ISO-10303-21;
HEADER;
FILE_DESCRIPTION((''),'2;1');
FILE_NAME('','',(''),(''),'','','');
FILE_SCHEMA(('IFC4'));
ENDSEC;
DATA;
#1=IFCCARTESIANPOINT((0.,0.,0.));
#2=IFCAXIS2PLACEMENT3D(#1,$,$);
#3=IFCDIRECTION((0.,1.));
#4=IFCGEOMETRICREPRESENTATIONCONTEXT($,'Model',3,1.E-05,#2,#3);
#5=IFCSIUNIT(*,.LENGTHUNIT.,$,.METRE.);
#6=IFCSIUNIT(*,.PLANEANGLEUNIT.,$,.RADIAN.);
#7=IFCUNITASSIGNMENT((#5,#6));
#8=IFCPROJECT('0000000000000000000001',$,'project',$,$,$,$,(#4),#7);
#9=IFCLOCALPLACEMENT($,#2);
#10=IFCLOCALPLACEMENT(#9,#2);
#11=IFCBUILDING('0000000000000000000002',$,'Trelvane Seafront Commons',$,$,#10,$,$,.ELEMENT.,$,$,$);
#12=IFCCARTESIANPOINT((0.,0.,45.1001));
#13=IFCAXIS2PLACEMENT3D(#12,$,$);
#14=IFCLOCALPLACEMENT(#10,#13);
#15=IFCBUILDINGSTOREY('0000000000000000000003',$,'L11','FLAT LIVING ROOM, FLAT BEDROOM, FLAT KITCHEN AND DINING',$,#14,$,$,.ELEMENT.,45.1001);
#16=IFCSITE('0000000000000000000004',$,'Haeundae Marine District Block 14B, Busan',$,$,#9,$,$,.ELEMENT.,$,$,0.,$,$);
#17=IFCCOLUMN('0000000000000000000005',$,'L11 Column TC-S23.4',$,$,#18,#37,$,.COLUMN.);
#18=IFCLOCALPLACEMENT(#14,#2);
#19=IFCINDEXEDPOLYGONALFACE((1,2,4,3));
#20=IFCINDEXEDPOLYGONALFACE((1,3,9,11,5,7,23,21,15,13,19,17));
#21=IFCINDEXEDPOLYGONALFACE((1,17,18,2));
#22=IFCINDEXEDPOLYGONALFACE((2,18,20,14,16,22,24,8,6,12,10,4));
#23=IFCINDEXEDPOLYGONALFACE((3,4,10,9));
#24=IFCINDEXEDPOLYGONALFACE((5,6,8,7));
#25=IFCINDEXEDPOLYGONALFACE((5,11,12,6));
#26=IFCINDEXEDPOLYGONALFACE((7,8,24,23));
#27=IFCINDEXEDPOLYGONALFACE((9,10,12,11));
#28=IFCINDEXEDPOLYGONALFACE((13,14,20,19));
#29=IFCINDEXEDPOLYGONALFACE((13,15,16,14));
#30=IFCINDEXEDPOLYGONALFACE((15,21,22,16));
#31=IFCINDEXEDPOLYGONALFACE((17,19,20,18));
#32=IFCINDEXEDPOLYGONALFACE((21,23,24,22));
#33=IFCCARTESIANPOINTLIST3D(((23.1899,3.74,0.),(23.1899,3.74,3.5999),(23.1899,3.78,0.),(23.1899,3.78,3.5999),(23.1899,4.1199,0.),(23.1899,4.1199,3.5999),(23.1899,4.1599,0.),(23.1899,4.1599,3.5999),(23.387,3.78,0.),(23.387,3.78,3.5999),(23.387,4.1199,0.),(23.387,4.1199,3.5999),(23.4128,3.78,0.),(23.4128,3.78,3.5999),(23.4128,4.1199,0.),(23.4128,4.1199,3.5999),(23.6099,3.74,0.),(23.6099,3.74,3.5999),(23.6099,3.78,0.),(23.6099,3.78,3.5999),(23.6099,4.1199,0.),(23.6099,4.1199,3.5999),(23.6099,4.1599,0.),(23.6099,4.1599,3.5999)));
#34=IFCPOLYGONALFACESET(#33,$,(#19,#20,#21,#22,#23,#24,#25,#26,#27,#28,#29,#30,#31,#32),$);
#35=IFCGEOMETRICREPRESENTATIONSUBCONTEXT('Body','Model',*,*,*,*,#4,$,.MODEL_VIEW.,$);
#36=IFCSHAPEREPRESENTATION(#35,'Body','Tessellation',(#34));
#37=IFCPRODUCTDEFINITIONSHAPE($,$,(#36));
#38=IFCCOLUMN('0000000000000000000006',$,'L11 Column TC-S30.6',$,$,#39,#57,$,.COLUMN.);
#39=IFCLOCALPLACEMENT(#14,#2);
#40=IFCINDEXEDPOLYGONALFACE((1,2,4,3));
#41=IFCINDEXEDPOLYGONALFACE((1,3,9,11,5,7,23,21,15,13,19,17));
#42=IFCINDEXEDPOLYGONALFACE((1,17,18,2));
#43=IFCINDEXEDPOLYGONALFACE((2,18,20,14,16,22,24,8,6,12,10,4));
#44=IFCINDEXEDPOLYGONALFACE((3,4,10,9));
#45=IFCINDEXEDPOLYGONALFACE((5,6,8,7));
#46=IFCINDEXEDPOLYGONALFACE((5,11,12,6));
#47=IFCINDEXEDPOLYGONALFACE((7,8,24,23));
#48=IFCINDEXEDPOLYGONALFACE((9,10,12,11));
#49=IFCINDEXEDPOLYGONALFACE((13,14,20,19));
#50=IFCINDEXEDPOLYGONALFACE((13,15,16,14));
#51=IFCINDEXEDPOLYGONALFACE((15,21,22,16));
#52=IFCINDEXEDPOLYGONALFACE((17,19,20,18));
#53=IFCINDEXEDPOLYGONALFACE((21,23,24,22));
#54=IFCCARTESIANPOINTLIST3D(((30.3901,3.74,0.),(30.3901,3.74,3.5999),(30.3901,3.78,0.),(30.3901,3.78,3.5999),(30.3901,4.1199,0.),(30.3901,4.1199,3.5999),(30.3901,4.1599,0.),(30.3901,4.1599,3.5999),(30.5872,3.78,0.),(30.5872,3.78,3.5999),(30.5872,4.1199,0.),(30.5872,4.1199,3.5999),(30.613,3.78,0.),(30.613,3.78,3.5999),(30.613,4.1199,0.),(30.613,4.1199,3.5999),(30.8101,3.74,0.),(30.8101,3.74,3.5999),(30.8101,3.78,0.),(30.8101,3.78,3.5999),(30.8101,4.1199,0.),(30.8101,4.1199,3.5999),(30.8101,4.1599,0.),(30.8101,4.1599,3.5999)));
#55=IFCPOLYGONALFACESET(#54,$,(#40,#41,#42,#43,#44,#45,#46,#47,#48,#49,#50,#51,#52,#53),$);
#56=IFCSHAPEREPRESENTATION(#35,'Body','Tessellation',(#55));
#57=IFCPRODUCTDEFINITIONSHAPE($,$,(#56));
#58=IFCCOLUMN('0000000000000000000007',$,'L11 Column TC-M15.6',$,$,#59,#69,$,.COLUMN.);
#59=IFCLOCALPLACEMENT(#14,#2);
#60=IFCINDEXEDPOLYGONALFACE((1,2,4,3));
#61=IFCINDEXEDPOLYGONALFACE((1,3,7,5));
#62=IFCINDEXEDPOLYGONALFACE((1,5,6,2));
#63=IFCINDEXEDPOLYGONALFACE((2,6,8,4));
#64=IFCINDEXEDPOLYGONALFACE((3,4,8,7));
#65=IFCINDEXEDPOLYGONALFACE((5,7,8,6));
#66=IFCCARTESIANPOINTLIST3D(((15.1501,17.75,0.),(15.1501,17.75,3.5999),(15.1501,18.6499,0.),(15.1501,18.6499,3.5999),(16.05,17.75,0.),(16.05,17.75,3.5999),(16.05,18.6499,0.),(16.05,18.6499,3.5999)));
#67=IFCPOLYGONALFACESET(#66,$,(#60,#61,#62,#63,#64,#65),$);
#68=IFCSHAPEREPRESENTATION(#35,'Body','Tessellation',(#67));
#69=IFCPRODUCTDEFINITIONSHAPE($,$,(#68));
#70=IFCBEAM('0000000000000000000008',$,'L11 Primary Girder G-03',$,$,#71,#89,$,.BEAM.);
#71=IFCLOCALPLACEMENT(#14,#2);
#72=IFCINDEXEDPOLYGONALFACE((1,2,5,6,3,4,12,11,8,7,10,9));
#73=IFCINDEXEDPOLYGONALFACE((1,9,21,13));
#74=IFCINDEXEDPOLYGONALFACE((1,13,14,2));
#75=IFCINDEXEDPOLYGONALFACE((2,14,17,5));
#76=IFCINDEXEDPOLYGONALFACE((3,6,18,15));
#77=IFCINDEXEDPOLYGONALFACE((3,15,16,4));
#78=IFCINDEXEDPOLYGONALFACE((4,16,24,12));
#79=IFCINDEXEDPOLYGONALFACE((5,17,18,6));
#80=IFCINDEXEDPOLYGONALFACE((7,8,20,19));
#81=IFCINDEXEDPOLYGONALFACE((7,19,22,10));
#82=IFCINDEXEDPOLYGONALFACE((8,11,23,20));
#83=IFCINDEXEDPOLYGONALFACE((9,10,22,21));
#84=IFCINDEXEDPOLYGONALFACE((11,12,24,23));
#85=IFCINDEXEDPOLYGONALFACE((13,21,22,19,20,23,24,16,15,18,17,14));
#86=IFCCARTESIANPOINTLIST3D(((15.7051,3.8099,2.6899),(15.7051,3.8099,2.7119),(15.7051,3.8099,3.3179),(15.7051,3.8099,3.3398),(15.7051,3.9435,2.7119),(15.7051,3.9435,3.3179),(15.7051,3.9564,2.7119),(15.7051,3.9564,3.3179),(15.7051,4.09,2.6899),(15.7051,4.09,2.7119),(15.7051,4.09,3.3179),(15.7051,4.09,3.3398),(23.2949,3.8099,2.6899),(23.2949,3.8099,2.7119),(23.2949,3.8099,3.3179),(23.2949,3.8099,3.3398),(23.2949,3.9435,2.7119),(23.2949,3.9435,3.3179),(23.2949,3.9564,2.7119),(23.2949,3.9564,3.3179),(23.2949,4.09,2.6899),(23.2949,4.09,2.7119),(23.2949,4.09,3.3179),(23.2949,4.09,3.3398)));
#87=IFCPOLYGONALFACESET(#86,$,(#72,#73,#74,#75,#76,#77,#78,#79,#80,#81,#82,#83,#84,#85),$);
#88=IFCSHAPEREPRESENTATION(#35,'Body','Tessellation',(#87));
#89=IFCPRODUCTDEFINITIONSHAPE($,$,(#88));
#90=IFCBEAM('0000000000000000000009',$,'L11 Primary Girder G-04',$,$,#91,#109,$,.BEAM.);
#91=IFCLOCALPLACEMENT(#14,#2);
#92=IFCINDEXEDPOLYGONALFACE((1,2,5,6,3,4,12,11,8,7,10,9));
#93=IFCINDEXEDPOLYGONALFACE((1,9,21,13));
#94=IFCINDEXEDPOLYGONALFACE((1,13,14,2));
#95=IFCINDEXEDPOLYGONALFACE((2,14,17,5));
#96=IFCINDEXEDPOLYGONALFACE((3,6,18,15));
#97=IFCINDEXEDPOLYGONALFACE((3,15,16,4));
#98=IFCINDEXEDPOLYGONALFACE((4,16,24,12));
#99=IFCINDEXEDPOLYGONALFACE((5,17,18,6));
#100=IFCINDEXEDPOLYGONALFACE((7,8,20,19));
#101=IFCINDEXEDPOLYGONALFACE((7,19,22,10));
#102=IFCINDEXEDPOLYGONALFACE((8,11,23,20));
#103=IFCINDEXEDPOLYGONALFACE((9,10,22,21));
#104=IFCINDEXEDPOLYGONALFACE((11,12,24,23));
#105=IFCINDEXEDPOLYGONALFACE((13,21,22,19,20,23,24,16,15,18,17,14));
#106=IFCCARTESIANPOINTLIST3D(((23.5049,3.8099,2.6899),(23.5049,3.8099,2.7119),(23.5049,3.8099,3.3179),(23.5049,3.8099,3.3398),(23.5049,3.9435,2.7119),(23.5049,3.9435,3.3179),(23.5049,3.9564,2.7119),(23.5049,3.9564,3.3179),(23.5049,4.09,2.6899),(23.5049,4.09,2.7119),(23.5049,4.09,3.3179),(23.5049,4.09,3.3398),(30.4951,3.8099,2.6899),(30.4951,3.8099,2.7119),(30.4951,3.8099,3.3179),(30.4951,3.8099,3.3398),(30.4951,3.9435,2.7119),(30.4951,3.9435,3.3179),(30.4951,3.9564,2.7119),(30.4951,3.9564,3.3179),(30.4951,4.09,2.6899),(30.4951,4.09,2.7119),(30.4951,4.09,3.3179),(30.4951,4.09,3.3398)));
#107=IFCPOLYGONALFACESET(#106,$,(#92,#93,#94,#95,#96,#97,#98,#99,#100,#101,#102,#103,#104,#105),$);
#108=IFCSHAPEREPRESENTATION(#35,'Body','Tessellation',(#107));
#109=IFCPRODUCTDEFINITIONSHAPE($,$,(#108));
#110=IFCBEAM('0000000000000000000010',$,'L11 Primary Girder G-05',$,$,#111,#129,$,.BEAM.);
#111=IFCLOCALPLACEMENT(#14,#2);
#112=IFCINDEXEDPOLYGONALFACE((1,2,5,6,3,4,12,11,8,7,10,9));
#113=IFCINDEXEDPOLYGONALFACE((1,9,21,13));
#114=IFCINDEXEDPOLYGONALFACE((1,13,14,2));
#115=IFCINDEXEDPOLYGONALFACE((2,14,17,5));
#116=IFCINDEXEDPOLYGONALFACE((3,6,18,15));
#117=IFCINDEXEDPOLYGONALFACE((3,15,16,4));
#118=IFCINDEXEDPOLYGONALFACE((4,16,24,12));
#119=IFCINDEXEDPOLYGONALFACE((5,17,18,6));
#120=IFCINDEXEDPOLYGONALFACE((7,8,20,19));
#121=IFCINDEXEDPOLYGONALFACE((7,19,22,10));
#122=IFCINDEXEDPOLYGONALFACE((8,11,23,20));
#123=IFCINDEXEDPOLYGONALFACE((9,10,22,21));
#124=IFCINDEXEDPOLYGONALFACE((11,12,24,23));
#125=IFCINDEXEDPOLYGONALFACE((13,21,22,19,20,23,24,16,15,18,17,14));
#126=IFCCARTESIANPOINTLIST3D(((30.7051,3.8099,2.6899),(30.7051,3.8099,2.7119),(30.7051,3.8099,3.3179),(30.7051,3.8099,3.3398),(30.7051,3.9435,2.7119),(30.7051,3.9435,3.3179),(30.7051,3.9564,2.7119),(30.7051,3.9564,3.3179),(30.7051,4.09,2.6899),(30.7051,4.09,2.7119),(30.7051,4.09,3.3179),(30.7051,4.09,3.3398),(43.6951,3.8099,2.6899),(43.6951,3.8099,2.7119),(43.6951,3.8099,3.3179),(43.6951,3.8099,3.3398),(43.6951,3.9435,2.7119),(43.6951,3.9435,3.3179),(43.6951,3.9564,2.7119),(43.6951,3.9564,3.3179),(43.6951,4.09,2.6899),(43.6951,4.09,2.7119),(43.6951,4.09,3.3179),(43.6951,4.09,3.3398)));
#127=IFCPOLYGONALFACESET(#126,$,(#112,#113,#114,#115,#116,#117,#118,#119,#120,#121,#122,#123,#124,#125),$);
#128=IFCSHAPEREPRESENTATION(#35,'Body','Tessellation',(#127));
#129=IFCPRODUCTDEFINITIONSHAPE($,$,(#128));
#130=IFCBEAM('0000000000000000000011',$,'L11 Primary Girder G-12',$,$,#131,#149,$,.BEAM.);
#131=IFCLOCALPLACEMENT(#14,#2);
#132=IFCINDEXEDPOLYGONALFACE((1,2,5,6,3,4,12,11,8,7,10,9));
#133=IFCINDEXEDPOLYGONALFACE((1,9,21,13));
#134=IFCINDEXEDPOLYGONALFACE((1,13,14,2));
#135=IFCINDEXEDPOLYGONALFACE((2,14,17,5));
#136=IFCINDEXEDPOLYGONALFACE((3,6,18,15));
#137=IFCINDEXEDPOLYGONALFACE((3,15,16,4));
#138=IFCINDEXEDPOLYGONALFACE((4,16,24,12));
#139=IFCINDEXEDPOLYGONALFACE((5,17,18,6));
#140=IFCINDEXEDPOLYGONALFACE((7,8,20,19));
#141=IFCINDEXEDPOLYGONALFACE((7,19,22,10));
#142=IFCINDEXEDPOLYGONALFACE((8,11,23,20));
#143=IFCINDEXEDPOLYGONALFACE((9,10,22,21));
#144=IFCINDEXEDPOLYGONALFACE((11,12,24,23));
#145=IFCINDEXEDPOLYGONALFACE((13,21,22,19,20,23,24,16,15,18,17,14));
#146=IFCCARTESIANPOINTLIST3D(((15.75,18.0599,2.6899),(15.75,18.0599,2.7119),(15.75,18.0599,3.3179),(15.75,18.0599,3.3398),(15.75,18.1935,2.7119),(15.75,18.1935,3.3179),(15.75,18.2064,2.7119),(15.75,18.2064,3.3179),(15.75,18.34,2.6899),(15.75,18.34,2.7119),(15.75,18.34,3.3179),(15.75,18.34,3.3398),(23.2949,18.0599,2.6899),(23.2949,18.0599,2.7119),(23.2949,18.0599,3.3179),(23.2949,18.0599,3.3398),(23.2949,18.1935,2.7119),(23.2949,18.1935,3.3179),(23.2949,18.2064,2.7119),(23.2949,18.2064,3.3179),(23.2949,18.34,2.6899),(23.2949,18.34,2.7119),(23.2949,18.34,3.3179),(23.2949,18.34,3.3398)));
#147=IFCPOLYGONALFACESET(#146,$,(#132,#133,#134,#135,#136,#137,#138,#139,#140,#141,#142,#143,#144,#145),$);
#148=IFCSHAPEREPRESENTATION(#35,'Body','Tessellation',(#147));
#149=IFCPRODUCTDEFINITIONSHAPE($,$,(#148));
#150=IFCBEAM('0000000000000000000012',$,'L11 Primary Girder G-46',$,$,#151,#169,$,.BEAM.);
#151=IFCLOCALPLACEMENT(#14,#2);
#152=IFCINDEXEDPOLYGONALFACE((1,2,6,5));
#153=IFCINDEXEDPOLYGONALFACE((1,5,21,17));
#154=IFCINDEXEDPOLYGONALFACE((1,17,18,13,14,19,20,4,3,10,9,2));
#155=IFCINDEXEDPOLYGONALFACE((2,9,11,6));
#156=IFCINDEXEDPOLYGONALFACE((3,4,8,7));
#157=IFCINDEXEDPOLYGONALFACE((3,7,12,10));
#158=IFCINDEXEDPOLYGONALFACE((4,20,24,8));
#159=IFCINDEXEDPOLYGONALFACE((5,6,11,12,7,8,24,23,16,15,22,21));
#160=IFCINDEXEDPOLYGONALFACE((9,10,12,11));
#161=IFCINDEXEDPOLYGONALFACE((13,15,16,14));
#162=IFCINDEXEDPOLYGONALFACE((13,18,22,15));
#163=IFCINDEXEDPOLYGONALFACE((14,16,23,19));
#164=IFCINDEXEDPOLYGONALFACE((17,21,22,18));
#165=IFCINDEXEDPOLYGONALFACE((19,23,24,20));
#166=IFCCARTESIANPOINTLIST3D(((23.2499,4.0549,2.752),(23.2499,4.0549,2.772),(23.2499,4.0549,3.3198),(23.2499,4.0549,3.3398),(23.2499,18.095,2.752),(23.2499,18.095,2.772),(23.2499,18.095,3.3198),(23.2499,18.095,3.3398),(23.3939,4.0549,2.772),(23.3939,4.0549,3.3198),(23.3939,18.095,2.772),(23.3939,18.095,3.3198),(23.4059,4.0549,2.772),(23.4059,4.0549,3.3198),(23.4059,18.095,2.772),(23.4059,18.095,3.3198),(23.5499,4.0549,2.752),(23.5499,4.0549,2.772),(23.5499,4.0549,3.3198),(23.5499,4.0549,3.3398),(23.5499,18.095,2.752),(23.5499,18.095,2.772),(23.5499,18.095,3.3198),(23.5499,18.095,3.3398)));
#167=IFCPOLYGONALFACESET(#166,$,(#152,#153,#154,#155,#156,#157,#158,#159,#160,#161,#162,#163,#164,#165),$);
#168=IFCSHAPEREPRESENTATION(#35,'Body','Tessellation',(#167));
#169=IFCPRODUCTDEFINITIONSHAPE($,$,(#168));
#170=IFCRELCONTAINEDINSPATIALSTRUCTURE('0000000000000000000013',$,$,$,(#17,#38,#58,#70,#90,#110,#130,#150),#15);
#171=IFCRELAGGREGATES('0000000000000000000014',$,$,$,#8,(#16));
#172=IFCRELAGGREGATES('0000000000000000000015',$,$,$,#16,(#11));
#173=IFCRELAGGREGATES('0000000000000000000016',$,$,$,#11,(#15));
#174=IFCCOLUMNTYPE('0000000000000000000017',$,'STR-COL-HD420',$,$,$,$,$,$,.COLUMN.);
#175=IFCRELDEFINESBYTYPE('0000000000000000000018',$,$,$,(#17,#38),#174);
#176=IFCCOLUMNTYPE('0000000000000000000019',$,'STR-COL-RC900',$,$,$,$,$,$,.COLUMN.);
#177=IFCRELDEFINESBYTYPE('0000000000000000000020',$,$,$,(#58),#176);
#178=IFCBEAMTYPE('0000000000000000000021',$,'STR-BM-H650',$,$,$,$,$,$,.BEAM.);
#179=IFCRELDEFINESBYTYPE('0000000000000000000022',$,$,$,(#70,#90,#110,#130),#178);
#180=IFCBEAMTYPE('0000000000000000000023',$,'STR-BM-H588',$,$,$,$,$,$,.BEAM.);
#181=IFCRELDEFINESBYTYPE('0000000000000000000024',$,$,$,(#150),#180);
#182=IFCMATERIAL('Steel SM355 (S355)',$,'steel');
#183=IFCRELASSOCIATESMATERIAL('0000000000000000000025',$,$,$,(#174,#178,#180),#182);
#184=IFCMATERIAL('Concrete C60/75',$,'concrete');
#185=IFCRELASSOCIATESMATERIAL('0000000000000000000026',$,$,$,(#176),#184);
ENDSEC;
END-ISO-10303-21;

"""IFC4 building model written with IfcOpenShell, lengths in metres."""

from ifc_helpers import new_model, si_unit, direction, frame, origin, origin_2d, place, context, subcontext, project, spatial, rectangle, i_section, extrude, source, transform, mapped, material, material_profile, profile_set, type_object, element, save


model = new_model("IFC4")

# Units and contexts
model_context = context("Model", 3, precision=1e-05, world=origin(), true_north=direction((0.0, 1.0)))
body_context = subcontext(model_context, "Body", "Model", "MODEL_VIEW")
ifc_project = project(units=[si_unit("LENGTHUNIT", "METRE"), si_unit("PLANEANGLEUNIT", "RADIAN")], contexts=[model_context])

# Site, building, storey
site_placement = place(None, origin())
site = spatial("IfcSite", under=ifc_project, at=site_placement, Name="Haeundae Marine District Block 14B, Busan", CompositionType="ELEMENT", RefElevation=0.0)
building_placement = place(site_placement, origin())
building = spatial("IfcBuilding", under=site, at=building_placement, Name="Trelvane Seafront Commons", CompositionType="ELEMENT")
storey_placement = place(building_placement, frame((0.0, 0.0, 45.1001)))
storey = spatial("IfcBuildingStorey", under=building, at=storey_placement, Name="L11", Description="FLAT LIVING ROOM, FLAT BEDROOM, FLAT KITCHEN AND DINING", CompositionType="ELEMENT", Elevation=45.1001)

# Columns
ifc_material_1 = material(Name="Steel SM355 (S355)", Category="steel")
ifc_material_profile_1 = material_profile(ifc_material_1, i_section(OverallWidth=0.4199, OverallDepth=0.4199, WebThickness=0.0259, FlangeThickness=0.04, at=origin_2d()), Name="HD-420x420x26x40")
ifc_profile_set_1 = profile_set([ifc_material_profile_1], Name="Steel SM355 (S355)")
column_type_1 = type_object("IfcColumnType", Name="STR-COL-HD420", PredefinedType="COLUMN", material=ifc_profile_set_1)
shared_shape_1 = source(origin(), body_context, "Body", "SweptSolid", [
    extrude(i_section(OverallWidth=0.4199, OverallDepth=0.4199, WebThickness=0.0259, FlangeThickness=0.04, at=origin_2d()), origin(), (0.0, 0.0, 1.0), 3.5999),
])
for number, where, z_axis, x_axis, name in (
    (1, (23.3999, 3.95, 0.0), (0.0, 0.0, 1.0), (1.0, 0.0, 0.0), "L11 Column TC-S23.4"),
    (2, (30.6001, 3.95, 0.0), (0.0, 0.0, 1.0), (1.0, 0.0, 0.0), "L11 Column TC-S30.6"),
):
    element("IfcColumn", number, at=place(storey_placement, frame(where, z_axis=z_axis, x_axis=x_axis)), inside=storey, type_object=column_type_1, Name=name, PredefinedType="COLUMN", context=body_context, shape_type="MappedRepresentation", body=[
        mapped(shared_shape_1, transform((0.0, 0.0, 0.0), x_axis=(1.0, 0.0, 0.0), y_axis=(0.0, 1.0, 0.0), z_axis=(0.0, 0.0, 1.0), scale=1.0)),
    ])
ifc_material_2 = material(Name="Concrete C60/75", Category="concrete")
ifc_material_profile_2 = material_profile(ifc_material_2, rectangle(XDim=0.8999, YDim=0.8999, at=origin_2d()), Name="RC-900x900")
ifc_profile_set_2 = profile_set([ifc_material_profile_2], Name="Concrete C60/75")
column_type_2 = type_object("IfcColumnType", Name="STR-COL-RC900", PredefinedType="COLUMN", material=ifc_profile_set_2)
shared_shape_2 = source(origin(), body_context, "Body", "SweptSolid", [
    extrude(rectangle(XDim=0.8999, YDim=0.8999, at=origin_2d()), origin(), (0.0, 0.0, 1.0), 3.5999),
])
column_placement = place(storey_placement, frame((15.6001, 18.2, 0.0), z_axis=(0.0, 0.0, 1.0), x_axis=(1.0, 0.0, 0.0)))
element("IfcColumn", 3, at=column_placement, inside=storey, type_object=column_type_2, Name="L11 Column TC-M15.6", PredefinedType="COLUMN", context=body_context, shape_type="MappedRepresentation", body=[
    mapped(shared_shape_2, transform((0.0, 0.0, 0.0), x_axis=(1.0, 0.0, 0.0), y_axis=(0.0, 1.0, 0.0), z_axis=(0.0, 0.0, 1.0), scale=1.0)),
])

# Beams
ifc_material_profile_3 = material_profile(ifc_material_1, i_section(OverallWidth=0.28, OverallDepth=0.6499, WebThickness=0.0129, FlangeThickness=0.022, at=origin_2d()), Name="H-650x280x13x22")
ifc_profile_set_3 = profile_set([ifc_material_profile_3], Name="Steel SM355 (S355)")
beam_type_1 = type_object("IfcBeamType", Name="STR-BM-H650", PredefinedType="BEAM", material=ifc_profile_set_3)
shared_shape_3 = source(origin(), body_context, "Body", "SweptSolid", [
    extrude(i_section(OverallWidth=0.28, OverallDepth=0.6499, WebThickness=0.0129, FlangeThickness=0.022, at=origin_2d()), origin(), (0.0, 0.0, 1.0), 7.5898),
])
beam_1_placement = place(storey_placement, frame((15.7051, 3.95, 3.0149), z_axis=(1.0, 0.0, 0.0), x_axis=(0.0, 1.0, 0.0)))
element("IfcBeam", 4, at=beam_1_placement, inside=storey, type_object=beam_type_1, Name="L11 Primary Girder G-03", PredefinedType="BEAM", context=body_context, shape_type="MappedRepresentation", body=[
    mapped(shared_shape_3, transform((0.0, 0.0, 0.0), x_axis=(1.0, 0.0, 0.0), y_axis=(0.0, 1.0, 0.0), z_axis=(0.0, 0.0, 1.0), scale=1.0)),
])
shared_shape_4 = source(origin(), body_context, "Body", "SweptSolid", [
    extrude(i_section(OverallWidth=0.28, OverallDepth=0.6499, WebThickness=0.0129, FlangeThickness=0.022, at=origin_2d()), origin(), (0.0, 0.0, 1.0), 6.9902),
])
beam_2_placement = place(storey_placement, frame((23.5049, 3.95, 3.0149), z_axis=(1.0, 0.0, 0.0), x_axis=(0.0, 1.0, 0.0)))
element("IfcBeam", 5, at=beam_2_placement, inside=storey, type_object=beam_type_1, Name="L11 Primary Girder G-04", PredefinedType="BEAM", context=body_context, shape_type="MappedRepresentation", body=[
    mapped(shared_shape_4, transform((0.0, 0.0, 0.0), x_axis=(1.0, 0.0, 0.0), y_axis=(0.0, 1.0, 0.0), z_axis=(0.0, 0.0, 1.0), scale=1.0)),
])
shared_shape_5 = source(origin(), body_context, "Body", "SweptSolid", [
    extrude(i_section(OverallWidth=0.28, OverallDepth=0.6499, WebThickness=0.0129, FlangeThickness=0.022, at=origin_2d()), origin(), (0.0, 0.0, 1.0), 12.99),
])
beam_3_placement = place(storey_placement, frame((30.7051, 3.95, 3.0149), z_axis=(1.0, 0.0, 0.0), x_axis=(0.0, 1.0, 0.0)))
element("IfcBeam", 6, at=beam_3_placement, inside=storey, type_object=beam_type_1, Name="L11 Primary Girder G-05", PredefinedType="BEAM", context=body_context, shape_type="MappedRepresentation", body=[
    mapped(shared_shape_5, transform((0.0, 0.0, 0.0), x_axis=(1.0, 0.0, 0.0), y_axis=(0.0, 1.0, 0.0), z_axis=(0.0, 0.0, 1.0), scale=1.0)),
])
shared_shape_6 = source(origin(), body_context, "Body", "SweptSolid", [
    extrude(i_section(OverallWidth=0.28, OverallDepth=0.6499, WebThickness=0.0129, FlangeThickness=0.022, at=origin_2d()), origin(), (0.0, 0.0, 1.0), 7.5449),
])
beam_4_placement = place(storey_placement, frame((15.75, 18.2, 3.0149), z_axis=(1.0, 0.0, 0.0), x_axis=(0.0, 1.0, 0.0)))
element("IfcBeam", 7, at=beam_4_placement, inside=storey, type_object=beam_type_1, Name="L11 Primary Girder G-12", PredefinedType="BEAM", context=body_context, shape_type="MappedRepresentation", body=[
    mapped(shared_shape_6, transform((0.0, 0.0, 0.0), x_axis=(1.0, 0.0, 0.0), y_axis=(0.0, 1.0, 0.0), z_axis=(0.0, 0.0, 1.0), scale=1.0)),
])
ifc_material_profile_4 = material_profile(ifc_material_1, i_section(OverallWidth=0.3, OverallDepth=0.5879, WebThickness=0.012, FlangeThickness=0.02, at=origin_2d()), Name="H-588x300x12x20")
ifc_profile_set_4 = profile_set([ifc_material_profile_4], Name="Steel SM355 (S355)")
beam_type_2 = type_object("IfcBeamType", Name="STR-BM-H588", PredefinedType="BEAM", material=ifc_profile_set_4)
shared_shape_7 = source(origin(), body_context, "Body", "SweptSolid", [
    extrude(i_section(OverallWidth=0.3, OverallDepth=0.5879, WebThickness=0.012, FlangeThickness=0.02, at=origin_2d()), origin(), (0.0, 0.0, 1.0), 14.04),
])
beam_5_placement = place(storey_placement, frame((23.3999, 4.0549, 3.0459), z_axis=(0.0, 1.0, 0.0), x_axis=(-1.0, 0.0, 0.0)))
element("IfcBeam", 8, at=beam_5_placement, inside=storey, type_object=beam_type_2, Name="L11 Primary Girder G-46", PredefinedType="BEAM", context=body_context, shape_type="MappedRepresentation", body=[
    mapped(shared_shape_7, transform((0.0, 0.0, 0.0), x_axis=(1.0, 0.0, 0.0), y_axis=(0.0, 1.0, 0.0), z_axis=(0.0, 0.0, 1.0), scale=1.0)),
])

save(model, "model.ifc")
